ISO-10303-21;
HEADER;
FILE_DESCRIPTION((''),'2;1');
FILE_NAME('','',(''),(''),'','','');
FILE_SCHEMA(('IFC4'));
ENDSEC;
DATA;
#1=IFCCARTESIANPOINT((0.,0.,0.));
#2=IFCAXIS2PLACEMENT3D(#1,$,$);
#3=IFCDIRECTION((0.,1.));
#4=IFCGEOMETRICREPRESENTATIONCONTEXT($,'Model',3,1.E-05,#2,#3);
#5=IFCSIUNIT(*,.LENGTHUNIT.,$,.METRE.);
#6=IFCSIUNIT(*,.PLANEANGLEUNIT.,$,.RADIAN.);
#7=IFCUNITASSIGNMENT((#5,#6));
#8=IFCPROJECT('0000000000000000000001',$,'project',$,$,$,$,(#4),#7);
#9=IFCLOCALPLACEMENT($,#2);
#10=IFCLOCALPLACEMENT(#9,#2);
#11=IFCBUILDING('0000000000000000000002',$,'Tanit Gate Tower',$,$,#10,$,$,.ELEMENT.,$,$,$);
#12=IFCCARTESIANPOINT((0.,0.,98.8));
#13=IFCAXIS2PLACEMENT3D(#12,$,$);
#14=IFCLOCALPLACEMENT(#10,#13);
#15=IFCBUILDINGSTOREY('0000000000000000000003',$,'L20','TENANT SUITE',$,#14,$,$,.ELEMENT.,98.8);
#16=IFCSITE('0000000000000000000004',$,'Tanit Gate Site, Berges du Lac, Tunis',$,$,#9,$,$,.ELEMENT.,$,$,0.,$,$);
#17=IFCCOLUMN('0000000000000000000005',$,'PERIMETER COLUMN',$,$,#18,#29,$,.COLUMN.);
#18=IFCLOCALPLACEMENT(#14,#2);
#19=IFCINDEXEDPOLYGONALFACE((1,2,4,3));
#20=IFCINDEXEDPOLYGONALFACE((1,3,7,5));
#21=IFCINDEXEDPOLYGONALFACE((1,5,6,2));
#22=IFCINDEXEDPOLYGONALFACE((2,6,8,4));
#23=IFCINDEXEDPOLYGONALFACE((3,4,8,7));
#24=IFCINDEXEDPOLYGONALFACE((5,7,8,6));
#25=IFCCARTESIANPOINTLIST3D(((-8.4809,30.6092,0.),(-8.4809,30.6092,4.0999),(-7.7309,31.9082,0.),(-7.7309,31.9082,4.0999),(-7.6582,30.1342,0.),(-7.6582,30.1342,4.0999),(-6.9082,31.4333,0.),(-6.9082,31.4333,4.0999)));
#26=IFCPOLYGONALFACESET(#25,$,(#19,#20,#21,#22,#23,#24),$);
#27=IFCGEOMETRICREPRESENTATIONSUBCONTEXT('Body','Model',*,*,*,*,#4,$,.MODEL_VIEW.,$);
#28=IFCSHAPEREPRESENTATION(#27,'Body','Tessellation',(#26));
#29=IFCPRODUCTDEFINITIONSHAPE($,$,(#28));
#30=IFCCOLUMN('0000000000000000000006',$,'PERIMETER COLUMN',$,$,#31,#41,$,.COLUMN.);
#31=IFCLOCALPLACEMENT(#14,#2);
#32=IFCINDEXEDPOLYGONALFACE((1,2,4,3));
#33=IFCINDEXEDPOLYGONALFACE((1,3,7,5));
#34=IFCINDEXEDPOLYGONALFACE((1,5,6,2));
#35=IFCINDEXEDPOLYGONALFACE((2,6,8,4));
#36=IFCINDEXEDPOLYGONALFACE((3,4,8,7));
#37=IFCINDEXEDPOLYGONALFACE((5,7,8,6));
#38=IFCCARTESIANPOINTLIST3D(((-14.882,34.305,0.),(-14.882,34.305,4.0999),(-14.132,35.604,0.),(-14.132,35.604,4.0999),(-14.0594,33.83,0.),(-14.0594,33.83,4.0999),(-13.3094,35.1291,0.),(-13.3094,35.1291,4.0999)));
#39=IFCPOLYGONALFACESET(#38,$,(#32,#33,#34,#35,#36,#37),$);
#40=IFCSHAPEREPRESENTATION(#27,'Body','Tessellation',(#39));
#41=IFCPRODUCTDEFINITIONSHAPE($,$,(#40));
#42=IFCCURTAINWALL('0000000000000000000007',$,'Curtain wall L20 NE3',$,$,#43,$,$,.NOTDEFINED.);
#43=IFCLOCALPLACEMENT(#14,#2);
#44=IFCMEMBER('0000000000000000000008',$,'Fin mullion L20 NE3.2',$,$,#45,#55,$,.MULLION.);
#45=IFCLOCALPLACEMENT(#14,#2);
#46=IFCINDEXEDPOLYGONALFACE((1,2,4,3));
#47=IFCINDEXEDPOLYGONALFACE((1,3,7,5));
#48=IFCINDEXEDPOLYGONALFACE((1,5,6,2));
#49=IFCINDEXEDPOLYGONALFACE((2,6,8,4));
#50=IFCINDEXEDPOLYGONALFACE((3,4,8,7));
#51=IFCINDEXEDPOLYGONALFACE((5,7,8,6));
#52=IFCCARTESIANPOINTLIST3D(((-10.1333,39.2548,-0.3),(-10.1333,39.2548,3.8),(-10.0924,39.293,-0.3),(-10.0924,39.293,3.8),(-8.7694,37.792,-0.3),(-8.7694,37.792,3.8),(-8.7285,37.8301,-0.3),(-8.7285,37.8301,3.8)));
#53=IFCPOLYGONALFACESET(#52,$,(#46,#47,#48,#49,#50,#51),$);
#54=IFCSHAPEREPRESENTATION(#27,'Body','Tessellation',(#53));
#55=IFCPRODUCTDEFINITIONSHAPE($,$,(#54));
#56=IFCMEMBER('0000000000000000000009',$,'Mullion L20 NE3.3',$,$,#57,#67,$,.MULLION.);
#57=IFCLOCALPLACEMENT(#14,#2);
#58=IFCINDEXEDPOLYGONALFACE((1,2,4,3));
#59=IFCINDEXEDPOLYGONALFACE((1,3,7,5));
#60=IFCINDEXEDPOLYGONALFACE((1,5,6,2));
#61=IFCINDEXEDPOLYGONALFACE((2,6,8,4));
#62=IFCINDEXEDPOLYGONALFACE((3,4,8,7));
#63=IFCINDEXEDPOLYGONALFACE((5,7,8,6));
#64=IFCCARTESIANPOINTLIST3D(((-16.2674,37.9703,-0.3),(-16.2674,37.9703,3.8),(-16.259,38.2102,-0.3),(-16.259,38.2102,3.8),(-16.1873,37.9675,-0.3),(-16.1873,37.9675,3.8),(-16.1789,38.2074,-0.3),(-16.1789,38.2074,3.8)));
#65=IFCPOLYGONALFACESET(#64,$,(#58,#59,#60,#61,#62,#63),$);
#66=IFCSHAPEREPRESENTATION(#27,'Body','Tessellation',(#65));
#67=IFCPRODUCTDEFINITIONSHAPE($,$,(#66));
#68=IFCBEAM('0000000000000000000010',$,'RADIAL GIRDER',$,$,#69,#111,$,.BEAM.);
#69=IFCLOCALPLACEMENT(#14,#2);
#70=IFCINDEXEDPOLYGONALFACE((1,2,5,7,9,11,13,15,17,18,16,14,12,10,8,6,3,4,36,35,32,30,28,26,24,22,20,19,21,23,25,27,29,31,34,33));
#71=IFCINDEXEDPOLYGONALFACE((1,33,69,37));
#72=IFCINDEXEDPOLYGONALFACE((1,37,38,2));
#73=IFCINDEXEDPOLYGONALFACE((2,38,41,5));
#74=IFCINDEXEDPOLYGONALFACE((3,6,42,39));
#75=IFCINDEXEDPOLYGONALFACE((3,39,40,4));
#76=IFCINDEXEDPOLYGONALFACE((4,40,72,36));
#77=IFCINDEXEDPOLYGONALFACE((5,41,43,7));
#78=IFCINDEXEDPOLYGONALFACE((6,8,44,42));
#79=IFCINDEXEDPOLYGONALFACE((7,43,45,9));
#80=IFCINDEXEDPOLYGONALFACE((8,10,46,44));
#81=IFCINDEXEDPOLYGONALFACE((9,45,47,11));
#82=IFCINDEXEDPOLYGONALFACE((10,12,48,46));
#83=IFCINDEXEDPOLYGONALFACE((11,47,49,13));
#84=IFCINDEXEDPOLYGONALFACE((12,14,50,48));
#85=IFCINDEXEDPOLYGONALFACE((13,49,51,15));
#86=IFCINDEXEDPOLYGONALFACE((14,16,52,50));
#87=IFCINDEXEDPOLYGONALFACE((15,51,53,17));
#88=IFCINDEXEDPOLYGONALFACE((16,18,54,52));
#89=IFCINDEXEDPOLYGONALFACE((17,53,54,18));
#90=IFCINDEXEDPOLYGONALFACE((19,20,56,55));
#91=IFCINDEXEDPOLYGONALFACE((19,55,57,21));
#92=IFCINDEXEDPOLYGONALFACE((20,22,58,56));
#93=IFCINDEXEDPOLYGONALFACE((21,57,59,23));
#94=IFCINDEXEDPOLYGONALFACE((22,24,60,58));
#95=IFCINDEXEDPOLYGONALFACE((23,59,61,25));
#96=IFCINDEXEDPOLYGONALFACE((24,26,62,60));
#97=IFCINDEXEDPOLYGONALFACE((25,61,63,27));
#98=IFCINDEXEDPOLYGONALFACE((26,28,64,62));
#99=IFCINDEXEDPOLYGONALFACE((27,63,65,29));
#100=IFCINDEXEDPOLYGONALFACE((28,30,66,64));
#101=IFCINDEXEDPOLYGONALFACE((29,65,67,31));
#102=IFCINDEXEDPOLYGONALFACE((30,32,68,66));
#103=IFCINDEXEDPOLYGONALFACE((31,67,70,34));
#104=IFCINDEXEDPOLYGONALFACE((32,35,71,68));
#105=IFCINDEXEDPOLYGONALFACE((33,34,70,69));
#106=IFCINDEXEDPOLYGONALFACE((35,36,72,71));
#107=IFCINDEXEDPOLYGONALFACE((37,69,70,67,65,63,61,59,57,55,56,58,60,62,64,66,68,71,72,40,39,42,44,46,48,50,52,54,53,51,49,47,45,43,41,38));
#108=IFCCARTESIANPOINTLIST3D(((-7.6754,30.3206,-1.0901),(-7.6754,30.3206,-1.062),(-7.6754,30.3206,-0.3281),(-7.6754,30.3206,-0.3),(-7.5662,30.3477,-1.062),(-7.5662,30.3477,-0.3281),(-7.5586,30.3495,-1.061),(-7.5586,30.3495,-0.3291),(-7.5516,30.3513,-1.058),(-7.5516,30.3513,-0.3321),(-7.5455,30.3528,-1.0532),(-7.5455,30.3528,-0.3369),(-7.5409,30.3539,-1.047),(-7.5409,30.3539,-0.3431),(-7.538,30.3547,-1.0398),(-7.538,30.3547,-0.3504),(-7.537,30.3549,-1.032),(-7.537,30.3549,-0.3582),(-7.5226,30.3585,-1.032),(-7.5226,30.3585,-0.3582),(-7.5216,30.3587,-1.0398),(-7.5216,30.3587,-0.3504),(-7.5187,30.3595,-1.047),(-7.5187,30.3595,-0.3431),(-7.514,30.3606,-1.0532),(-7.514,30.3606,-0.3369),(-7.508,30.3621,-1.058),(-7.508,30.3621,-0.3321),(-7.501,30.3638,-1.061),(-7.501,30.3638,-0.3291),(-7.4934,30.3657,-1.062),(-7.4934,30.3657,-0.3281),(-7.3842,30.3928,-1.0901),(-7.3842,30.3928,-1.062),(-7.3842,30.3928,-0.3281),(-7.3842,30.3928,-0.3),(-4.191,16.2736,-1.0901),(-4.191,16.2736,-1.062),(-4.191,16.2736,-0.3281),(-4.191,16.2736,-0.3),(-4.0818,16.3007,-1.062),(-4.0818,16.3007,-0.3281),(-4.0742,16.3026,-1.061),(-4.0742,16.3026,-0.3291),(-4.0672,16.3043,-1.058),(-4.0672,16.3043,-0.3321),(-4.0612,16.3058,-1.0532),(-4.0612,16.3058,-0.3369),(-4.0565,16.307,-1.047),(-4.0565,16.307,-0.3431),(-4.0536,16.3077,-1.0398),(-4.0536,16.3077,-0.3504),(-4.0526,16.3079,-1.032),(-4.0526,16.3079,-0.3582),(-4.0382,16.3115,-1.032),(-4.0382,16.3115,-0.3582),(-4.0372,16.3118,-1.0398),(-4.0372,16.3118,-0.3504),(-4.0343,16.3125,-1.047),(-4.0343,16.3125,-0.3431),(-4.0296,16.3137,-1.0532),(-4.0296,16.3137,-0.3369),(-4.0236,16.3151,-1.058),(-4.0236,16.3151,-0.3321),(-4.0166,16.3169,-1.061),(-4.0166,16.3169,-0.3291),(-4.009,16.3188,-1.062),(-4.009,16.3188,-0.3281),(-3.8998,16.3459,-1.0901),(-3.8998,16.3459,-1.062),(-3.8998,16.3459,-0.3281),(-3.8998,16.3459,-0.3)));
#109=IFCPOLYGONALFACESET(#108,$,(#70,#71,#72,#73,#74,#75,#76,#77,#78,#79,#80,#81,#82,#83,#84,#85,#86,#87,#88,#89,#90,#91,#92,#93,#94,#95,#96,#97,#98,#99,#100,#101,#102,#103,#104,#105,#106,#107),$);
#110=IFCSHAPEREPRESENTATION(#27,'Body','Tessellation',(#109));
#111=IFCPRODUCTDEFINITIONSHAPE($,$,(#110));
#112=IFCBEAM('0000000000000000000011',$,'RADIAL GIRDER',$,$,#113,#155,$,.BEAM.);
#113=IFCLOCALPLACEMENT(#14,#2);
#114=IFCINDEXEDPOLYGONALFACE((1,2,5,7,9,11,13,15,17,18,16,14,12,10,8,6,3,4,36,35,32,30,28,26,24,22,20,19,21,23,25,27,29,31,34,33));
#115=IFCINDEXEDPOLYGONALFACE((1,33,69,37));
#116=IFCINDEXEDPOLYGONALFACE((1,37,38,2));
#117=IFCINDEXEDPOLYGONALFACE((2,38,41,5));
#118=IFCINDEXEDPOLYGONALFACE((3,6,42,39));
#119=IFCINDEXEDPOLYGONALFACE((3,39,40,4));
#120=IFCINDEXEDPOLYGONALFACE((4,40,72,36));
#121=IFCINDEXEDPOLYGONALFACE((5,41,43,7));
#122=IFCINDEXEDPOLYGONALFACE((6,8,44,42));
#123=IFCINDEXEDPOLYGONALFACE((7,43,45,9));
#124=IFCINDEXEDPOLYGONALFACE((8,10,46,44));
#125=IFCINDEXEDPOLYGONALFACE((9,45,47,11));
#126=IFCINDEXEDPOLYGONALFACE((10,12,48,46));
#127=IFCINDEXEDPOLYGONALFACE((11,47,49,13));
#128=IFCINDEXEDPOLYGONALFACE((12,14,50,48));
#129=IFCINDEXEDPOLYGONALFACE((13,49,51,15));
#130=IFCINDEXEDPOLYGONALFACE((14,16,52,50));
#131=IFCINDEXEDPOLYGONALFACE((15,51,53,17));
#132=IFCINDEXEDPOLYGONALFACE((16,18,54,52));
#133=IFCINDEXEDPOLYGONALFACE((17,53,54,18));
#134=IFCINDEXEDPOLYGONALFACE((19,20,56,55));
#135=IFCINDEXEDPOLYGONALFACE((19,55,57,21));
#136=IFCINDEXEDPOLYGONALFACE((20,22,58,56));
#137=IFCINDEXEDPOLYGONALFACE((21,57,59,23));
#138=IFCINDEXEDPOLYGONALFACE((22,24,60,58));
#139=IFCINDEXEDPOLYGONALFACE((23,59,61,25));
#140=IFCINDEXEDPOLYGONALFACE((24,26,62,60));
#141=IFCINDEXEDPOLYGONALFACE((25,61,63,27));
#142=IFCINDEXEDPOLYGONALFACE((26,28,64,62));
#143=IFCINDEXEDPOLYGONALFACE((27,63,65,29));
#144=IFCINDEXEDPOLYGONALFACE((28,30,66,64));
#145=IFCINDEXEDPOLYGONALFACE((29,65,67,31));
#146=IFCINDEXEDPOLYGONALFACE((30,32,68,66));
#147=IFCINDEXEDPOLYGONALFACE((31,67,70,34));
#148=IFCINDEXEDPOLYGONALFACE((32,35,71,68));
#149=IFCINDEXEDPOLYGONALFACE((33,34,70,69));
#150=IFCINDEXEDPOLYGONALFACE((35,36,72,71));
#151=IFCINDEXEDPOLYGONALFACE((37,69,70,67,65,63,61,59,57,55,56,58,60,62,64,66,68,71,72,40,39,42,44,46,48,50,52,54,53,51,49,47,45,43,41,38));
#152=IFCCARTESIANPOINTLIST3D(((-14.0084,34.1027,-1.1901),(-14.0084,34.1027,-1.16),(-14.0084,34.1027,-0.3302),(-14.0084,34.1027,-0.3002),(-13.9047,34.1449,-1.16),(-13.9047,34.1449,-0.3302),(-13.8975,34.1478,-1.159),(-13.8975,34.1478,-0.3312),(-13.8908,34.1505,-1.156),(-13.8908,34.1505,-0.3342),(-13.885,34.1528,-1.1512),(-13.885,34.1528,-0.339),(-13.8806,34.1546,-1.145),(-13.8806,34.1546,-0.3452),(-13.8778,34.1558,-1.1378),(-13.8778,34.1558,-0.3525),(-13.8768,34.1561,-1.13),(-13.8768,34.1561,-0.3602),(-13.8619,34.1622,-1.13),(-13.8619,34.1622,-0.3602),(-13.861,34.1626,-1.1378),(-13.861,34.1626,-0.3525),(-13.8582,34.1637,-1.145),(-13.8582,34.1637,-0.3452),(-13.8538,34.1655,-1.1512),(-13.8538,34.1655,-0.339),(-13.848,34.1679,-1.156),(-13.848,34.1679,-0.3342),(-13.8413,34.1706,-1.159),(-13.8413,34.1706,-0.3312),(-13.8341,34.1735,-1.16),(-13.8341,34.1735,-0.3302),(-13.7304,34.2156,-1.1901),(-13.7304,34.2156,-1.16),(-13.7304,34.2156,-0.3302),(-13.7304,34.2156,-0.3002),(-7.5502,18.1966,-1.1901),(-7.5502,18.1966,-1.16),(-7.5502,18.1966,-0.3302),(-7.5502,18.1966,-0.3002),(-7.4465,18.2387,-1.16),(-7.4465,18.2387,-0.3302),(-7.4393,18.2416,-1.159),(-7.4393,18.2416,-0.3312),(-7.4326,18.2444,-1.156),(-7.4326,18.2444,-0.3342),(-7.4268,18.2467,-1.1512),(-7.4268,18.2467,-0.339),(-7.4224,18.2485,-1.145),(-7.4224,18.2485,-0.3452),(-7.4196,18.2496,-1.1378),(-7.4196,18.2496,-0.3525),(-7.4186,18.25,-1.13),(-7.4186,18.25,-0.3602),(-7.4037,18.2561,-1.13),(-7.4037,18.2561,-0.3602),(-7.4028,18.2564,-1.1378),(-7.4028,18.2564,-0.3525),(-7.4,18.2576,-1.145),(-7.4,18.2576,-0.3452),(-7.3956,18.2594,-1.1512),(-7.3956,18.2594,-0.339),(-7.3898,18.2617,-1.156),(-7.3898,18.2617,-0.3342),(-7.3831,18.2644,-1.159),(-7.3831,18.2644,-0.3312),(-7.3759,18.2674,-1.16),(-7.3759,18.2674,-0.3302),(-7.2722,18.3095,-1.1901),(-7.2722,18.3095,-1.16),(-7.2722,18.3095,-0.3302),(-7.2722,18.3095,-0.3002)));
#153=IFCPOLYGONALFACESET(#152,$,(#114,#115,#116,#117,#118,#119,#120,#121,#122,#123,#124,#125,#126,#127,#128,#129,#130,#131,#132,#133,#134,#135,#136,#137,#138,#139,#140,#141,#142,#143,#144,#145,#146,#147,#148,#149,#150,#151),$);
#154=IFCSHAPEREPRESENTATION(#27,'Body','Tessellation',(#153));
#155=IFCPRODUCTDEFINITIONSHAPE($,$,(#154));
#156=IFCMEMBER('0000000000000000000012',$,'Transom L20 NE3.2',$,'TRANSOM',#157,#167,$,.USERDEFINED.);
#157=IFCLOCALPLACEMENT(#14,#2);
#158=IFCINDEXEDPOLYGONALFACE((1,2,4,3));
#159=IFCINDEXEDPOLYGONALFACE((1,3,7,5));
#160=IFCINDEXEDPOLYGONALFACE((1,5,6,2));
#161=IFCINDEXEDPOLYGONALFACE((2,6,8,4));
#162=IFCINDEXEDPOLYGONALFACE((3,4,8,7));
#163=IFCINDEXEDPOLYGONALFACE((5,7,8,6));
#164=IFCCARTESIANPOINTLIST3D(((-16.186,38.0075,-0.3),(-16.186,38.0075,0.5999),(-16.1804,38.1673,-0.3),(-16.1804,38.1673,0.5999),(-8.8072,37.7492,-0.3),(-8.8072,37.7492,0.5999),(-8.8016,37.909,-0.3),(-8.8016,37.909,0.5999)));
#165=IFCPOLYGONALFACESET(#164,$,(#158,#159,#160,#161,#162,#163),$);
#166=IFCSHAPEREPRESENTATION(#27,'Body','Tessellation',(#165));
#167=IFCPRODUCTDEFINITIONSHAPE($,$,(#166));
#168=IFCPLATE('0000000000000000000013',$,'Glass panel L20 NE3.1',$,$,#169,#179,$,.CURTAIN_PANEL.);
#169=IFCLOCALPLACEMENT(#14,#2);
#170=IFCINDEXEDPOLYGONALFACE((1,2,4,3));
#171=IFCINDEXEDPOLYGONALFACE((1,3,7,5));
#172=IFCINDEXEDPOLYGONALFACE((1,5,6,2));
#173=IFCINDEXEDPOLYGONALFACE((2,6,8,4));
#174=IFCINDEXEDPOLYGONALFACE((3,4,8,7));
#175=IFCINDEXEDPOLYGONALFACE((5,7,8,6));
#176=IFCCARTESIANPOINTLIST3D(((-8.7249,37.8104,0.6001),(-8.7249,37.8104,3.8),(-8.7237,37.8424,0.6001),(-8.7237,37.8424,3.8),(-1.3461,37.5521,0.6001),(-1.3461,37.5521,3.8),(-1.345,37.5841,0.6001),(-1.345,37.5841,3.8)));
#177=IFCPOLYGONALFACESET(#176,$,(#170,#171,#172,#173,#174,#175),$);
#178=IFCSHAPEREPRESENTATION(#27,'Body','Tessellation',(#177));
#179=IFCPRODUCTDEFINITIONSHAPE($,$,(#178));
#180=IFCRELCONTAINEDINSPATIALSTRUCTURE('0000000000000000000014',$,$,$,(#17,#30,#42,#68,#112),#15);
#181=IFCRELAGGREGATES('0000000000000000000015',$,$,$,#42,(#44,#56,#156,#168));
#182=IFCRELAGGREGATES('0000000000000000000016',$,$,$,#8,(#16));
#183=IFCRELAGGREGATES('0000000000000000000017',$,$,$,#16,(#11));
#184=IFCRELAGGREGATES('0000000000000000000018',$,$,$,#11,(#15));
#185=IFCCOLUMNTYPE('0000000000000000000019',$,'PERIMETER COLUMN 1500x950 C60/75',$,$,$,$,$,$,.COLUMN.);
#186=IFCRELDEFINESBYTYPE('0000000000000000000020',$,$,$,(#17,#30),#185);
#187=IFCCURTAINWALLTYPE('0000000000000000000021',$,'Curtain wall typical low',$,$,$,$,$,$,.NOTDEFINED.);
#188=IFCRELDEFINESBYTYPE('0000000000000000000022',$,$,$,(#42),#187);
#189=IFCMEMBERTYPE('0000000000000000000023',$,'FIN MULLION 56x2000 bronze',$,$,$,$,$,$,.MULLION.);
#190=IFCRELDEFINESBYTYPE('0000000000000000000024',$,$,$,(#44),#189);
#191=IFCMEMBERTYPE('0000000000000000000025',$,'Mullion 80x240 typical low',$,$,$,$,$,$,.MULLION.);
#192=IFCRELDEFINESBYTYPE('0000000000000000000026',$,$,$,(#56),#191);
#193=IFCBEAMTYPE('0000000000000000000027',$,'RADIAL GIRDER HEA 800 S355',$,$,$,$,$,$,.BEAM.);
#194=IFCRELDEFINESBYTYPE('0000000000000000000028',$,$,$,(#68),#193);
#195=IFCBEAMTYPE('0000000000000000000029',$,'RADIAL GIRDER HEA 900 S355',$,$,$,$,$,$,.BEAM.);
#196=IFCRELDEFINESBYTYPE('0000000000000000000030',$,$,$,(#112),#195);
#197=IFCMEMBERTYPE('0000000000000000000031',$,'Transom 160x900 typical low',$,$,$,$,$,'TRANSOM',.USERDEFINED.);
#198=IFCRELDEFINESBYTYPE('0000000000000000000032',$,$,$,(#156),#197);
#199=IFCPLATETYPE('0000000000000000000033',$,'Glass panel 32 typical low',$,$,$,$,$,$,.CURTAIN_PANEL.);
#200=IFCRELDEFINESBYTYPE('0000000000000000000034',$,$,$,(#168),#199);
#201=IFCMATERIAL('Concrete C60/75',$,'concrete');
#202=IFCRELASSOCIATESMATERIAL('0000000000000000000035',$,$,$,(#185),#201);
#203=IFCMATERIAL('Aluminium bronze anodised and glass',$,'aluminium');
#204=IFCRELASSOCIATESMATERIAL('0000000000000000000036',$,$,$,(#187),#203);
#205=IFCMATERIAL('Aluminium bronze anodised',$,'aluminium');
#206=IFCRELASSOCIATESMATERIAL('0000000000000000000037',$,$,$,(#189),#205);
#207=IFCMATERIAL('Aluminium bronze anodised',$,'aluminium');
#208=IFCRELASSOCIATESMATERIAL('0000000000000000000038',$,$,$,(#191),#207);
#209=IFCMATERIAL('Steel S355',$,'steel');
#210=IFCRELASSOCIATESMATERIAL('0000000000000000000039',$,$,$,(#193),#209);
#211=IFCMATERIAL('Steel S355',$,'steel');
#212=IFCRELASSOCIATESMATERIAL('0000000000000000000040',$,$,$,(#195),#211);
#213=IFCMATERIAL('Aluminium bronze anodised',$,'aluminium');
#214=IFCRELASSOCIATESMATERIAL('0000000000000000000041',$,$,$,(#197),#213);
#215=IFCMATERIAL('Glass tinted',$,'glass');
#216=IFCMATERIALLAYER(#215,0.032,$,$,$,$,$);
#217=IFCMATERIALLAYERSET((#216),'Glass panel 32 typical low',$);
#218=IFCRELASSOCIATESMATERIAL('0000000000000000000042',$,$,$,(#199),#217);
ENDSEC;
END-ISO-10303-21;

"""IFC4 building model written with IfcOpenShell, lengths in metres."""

from ifc_helpers import new_model, si_unit, direction, frame, origin, origin_2d, place, context, subcontext, project, spatial, rectangle, i_section, extrude, material, layer, layer_set, material_profile, profile_set, type_object, element, aggregate, save


model = new_model("IFC4")

# Units and contexts
model_context = context("Model", 3, precision=1e-05, world=origin(), true_north=direction((0.0, 1.0)))
body_context = subcontext(model_context, "Body", "Model", "MODEL_VIEW")
ifc_project = project(units=[si_unit("LENGTHUNIT", "METRE"), si_unit("PLANEANGLEUNIT", "RADIAN")], contexts=[model_context])

# Site, building, storey
site_placement = place(None, origin())
site = spatial("IfcSite", under=ifc_project, at=site_placement, Name="Tanit Gate Site, Berges du Lac, Tunis", CompositionType="ELEMENT", RefElevation=0.0)
building_placement = place(site_placement, origin())
building = spatial("IfcBuilding", under=site, at=building_placement, Name="Tanit Gate Tower", CompositionType="ELEMENT")
storey_placement = place(building_placement, frame((0.0, 0.0, 98.8)))
storey = spatial("IfcBuildingStorey", under=building, at=storey_placement, Name="L20", Description="TENANT SUITE", CompositionType="ELEMENT", Elevation=98.8)

# Columns
ifc_material_1 = material(Name="Concrete C60/75", Category="concrete")
ifc_material_profile_1 = material_profile(ifc_material_1, rectangle(XDim=1.5, YDim=0.95, at=origin_2d()), Name="RC 1500x950")
ifc_profile_set_1 = profile_set([ifc_material_profile_1], Name="Concrete C60/75")
column_type = type_object("IfcColumnType", Name="PERIMETER COLUMN 1500x950 C60/75", PredefinedType="COLUMN", material=ifc_profile_set_1)
for number, where, z_axis, x_axis, name in (
    (1, (-7.6946, 31.0212, 0.0), (0.0, 0.0, 1.0), (0.5, 0.866025, 0.0), "PERIMETER COLUMN"),
    (2, (-14.0957, 34.717, 0.0), (0.0, 0.0, 1.0), (0.5, 0.866025, 0.0), "PERIMETER COLUMN"),
):
    element("IfcColumn", number, at=place(storey_placement, frame(where, z_axis=z_axis, x_axis=x_axis)), inside=storey, type_object=column_type, Name=name, PredefinedType="COLUMN", context=body_context, shape_type="SweptSolid", body=[
        extrude(rectangle(XDim=1.5, YDim=0.95, at=origin_2d()), origin(), (0.0, 0.0, 1.0), 4.0999),
    ])

# Curtain wall, members
ifc_material_2 = material(Name="Aluminium bronze anodised and glass", Category="aluminium")
curtain_wall_type = type_object("IfcCurtainWallType", Name="Curtain wall typical low", PredefinedType="NOTDEFINED", material=ifc_material_2)
curtain_wall_placement = place(storey_placement, origin())
curtain_wall = element("IfcCurtainWall", 3, at=curtain_wall_placement, inside=storey, type_object=curtain_wall_type, Name="Curtain wall L20 NE3", PredefinedType="NOTDEFINED")
ifc_material_3 = material(Name="Aluminium bronze anodised", Category="aluminium")
ifc_material_profile_2 = material_profile(ifc_material_3, rectangle(XDim=2.0, YDim=0.0559, at=origin_2d()), Name="56x2000 bronze fin mullion")
ifc_profile_set_2 = profile_set([ifc_material_profile_2], Name="Aluminium bronze anodised")
member_type_1 = type_object("IfcMemberType", Name="FIN MULLION 56x2000 bronze", PredefinedType="MULLION", material=ifc_profile_set_2)
member_1_placement = place(storey_placement, frame((-9.4309, 38.5425, -0.3), z_axis=(0.0, 0.0, 1.0), x_axis=(0.681936, -0.731412, 0.0)))
member_1 = element("IfcMember", 4, at=member_1_placement, type_object=member_type_1, Name="Fin mullion L20 NE3.2", PredefinedType="MULLION", context=body_context, shape_type="SweptSolid", body=[
    extrude(rectangle(XDim=2.0, YDim=0.0559, at=origin_2d()), origin(), (0.0, 0.0, 1.0), 4.1001),
])
ifc_material_4 = material(Name="Aluminium bronze anodised", Category="aluminium")
ifc_material_profile_3 = material_profile(ifc_material_4, rectangle(XDim=0.24, YDim=0.0801, at=origin_2d()), Name="80x240 bronze mullion")
ifc_profile_set_3 = profile_set([ifc_material_profile_3], Name="Aluminium bronze anodised")
member_type_2 = type_object("IfcMemberType", Name="Mullion 80x240 typical low", PredefinedType="MULLION", material=ifc_profile_set_3)
member_2_placement = place(storey_placement, frame((-16.2231, 38.0889, -0.3), z_axis=(0.0, 0.0, 1.0), x_axis=(-0.034985, -0.999388, 0.0)))
member_2 = element("IfcMember", 5, at=member_2_placement, type_object=member_type_2, Name="Mullion L20 NE3.3", PredefinedType="MULLION", context=body_context, shape_type="SweptSolid", body=[
    extrude(rectangle(XDim=0.24, YDim=0.0801, at=origin_2d()), origin(), (0.0, 0.0, 1.0), 4.1001),
])

# Beams
ifc_material_5 = material(Name="Steel S355", Category="steel")
ifc_material_profile_4 = material_profile(ifc_material_5, i_section(OverallWidth=0.3, OverallDepth=0.79, WebThickness=0.0149, FlangeThickness=0.0281, FilletRadius=0.03, at=origin_2d()), Name="HEA 800")
ifc_profile_set_4 = profile_set([ifc_material_profile_4], Name="Steel S355")
beam_type_1 = type_object("IfcBeamType", Name="RADIAL GIRDER HEA 800 S355", PredefinedType="BEAM", material=ifc_profile_set_4)
beam_1_placement = place(storey_placement, frame((-7.5298, 30.3567, -0.6951), z_axis=(0.240757, -0.970585, 0.0), x_axis=(0.970585, 0.240757, 0.0)))
element("IfcBeam", 6, at=beam_1_placement, inside=storey, type_object=beam_type_1, Name="RADIAL GIRDER", PredefinedType="BEAM", context=body_context, shape_type="SweptSolid", body=[
    extrude(i_section(OverallWidth=0.3, OverallDepth=0.79, WebThickness=0.0149, FlangeThickness=0.0281, FilletRadius=0.03, at=origin_2d()), origin(), (0.0, 0.0, 1.0), 14.4727),
])
ifc_material_6 = material(Name="Steel S355", Category="steel")
ifc_material_profile_5 = material_profile(ifc_material_6, i_section(OverallWidth=0.3, OverallDepth=0.8899, WebThickness=0.0161, FlangeThickness=0.03, FilletRadius=0.03, at=origin_2d()), Name="HEA 900")
ifc_profile_set_5 = profile_set([ifc_material_profile_5], Name="Steel S355")
beam_type_2 = type_object("IfcBeamType", Name="RADIAL GIRDER HEA 900 S355", PredefinedType="BEAM", material=ifc_profile_set_5)
beam_2_placement = place(storey_placement, frame((-13.8694, 34.1592, -0.7451), z_axis=(0.376194, -0.926541, 0.0), x_axis=(0.926541, 0.376194, 0.0)))
element("IfcBeam", 7, at=beam_2_placement, inside=storey, type_object=beam_type_2, Name="RADIAL GIRDER", PredefinedType="BEAM", context=body_context, shape_type="SweptSolid", body=[
    extrude(i_section(OverallWidth=0.3, OverallDepth=0.8899, WebThickness=0.0161, FlangeThickness=0.03, FilletRadius=0.03, at=origin_2d()), origin(), (0.0, 0.0, 1.0), 17.1672),
])

# Member
ifc_material_7 = material(Name="Aluminium bronze anodised", Category="aluminium")
ifc_material_profile_6 = material_profile(ifc_material_7, rectangle(XDim=0.1599, YDim=0.8999, at=origin_2d()), Name="160x900 bronze transom")
ifc_profile_set_6 = profile_set([ifc_material_profile_6], Name="Aluminium bronze anodised")
member_type_3 = type_object("IfcMemberType", Name="Transom 160x900 typical low", ElementType="TRANSOM", PredefinedType="USERDEFINED", material=ifc_profile_set_6)
member_3_placement = place(storey_placement, frame((-8.8044, 37.8291, 0.1499), z_axis=(-0.999388, 0.034985, 0.0), x_axis=(-0.034985, -0.999388, 0.0)))
member_3 = element("IfcMember", 8, at=member_3_placement, type_object=member_type_3, Name="Transom L20 NE3.2", ObjectType="TRANSOM", PredefinedType="USERDEFINED", context=body_context, shape_type="SweptSolid", body=[
    extrude(rectangle(XDim=0.1599, YDim=0.8999, at=origin_2d()), origin(), (0.0, 0.0, 1.0), 7.3833),
])

# Plate
ifc_material_8 = material(Name="Glass tinted", Category="glass")
ifc_layer_1 = layer(ifc_material_8, 0.032)
ifc_layer_set_1 = layer_set([ifc_layer_1], Name="Glass panel 32 typical low")
plate_type = type_object("IfcPlateType", Name="Glass panel 32 typical low", PredefinedType="CURTAIN_PANEL", material=ifc_layer_set_1)
plate_1_placement = place(storey_placement, frame((-5.0349, 37.6973, 0.6001), z_axis=(0.0, 0.0, 1.0), x_axis=(-0.999388, 0.034985, 0.0)))
plate_1 = element("IfcPlate", 9, at=plate_1_placement, type_object=plate_type, Name="Glass panel L20 NE3.1", PredefinedType="CURTAIN_PANEL", context=body_context, shape_type="SweptSolid", body=[
    extrude(rectangle(XDim=7.3833, YDim=0.032, at=origin_2d()), origin(), (0.0, 0.0, 1.0), 3.2),
])
aggregate(curtain_wall, [member_1, member_2, member_3, plate_1])

save(model, "model.ifc")
